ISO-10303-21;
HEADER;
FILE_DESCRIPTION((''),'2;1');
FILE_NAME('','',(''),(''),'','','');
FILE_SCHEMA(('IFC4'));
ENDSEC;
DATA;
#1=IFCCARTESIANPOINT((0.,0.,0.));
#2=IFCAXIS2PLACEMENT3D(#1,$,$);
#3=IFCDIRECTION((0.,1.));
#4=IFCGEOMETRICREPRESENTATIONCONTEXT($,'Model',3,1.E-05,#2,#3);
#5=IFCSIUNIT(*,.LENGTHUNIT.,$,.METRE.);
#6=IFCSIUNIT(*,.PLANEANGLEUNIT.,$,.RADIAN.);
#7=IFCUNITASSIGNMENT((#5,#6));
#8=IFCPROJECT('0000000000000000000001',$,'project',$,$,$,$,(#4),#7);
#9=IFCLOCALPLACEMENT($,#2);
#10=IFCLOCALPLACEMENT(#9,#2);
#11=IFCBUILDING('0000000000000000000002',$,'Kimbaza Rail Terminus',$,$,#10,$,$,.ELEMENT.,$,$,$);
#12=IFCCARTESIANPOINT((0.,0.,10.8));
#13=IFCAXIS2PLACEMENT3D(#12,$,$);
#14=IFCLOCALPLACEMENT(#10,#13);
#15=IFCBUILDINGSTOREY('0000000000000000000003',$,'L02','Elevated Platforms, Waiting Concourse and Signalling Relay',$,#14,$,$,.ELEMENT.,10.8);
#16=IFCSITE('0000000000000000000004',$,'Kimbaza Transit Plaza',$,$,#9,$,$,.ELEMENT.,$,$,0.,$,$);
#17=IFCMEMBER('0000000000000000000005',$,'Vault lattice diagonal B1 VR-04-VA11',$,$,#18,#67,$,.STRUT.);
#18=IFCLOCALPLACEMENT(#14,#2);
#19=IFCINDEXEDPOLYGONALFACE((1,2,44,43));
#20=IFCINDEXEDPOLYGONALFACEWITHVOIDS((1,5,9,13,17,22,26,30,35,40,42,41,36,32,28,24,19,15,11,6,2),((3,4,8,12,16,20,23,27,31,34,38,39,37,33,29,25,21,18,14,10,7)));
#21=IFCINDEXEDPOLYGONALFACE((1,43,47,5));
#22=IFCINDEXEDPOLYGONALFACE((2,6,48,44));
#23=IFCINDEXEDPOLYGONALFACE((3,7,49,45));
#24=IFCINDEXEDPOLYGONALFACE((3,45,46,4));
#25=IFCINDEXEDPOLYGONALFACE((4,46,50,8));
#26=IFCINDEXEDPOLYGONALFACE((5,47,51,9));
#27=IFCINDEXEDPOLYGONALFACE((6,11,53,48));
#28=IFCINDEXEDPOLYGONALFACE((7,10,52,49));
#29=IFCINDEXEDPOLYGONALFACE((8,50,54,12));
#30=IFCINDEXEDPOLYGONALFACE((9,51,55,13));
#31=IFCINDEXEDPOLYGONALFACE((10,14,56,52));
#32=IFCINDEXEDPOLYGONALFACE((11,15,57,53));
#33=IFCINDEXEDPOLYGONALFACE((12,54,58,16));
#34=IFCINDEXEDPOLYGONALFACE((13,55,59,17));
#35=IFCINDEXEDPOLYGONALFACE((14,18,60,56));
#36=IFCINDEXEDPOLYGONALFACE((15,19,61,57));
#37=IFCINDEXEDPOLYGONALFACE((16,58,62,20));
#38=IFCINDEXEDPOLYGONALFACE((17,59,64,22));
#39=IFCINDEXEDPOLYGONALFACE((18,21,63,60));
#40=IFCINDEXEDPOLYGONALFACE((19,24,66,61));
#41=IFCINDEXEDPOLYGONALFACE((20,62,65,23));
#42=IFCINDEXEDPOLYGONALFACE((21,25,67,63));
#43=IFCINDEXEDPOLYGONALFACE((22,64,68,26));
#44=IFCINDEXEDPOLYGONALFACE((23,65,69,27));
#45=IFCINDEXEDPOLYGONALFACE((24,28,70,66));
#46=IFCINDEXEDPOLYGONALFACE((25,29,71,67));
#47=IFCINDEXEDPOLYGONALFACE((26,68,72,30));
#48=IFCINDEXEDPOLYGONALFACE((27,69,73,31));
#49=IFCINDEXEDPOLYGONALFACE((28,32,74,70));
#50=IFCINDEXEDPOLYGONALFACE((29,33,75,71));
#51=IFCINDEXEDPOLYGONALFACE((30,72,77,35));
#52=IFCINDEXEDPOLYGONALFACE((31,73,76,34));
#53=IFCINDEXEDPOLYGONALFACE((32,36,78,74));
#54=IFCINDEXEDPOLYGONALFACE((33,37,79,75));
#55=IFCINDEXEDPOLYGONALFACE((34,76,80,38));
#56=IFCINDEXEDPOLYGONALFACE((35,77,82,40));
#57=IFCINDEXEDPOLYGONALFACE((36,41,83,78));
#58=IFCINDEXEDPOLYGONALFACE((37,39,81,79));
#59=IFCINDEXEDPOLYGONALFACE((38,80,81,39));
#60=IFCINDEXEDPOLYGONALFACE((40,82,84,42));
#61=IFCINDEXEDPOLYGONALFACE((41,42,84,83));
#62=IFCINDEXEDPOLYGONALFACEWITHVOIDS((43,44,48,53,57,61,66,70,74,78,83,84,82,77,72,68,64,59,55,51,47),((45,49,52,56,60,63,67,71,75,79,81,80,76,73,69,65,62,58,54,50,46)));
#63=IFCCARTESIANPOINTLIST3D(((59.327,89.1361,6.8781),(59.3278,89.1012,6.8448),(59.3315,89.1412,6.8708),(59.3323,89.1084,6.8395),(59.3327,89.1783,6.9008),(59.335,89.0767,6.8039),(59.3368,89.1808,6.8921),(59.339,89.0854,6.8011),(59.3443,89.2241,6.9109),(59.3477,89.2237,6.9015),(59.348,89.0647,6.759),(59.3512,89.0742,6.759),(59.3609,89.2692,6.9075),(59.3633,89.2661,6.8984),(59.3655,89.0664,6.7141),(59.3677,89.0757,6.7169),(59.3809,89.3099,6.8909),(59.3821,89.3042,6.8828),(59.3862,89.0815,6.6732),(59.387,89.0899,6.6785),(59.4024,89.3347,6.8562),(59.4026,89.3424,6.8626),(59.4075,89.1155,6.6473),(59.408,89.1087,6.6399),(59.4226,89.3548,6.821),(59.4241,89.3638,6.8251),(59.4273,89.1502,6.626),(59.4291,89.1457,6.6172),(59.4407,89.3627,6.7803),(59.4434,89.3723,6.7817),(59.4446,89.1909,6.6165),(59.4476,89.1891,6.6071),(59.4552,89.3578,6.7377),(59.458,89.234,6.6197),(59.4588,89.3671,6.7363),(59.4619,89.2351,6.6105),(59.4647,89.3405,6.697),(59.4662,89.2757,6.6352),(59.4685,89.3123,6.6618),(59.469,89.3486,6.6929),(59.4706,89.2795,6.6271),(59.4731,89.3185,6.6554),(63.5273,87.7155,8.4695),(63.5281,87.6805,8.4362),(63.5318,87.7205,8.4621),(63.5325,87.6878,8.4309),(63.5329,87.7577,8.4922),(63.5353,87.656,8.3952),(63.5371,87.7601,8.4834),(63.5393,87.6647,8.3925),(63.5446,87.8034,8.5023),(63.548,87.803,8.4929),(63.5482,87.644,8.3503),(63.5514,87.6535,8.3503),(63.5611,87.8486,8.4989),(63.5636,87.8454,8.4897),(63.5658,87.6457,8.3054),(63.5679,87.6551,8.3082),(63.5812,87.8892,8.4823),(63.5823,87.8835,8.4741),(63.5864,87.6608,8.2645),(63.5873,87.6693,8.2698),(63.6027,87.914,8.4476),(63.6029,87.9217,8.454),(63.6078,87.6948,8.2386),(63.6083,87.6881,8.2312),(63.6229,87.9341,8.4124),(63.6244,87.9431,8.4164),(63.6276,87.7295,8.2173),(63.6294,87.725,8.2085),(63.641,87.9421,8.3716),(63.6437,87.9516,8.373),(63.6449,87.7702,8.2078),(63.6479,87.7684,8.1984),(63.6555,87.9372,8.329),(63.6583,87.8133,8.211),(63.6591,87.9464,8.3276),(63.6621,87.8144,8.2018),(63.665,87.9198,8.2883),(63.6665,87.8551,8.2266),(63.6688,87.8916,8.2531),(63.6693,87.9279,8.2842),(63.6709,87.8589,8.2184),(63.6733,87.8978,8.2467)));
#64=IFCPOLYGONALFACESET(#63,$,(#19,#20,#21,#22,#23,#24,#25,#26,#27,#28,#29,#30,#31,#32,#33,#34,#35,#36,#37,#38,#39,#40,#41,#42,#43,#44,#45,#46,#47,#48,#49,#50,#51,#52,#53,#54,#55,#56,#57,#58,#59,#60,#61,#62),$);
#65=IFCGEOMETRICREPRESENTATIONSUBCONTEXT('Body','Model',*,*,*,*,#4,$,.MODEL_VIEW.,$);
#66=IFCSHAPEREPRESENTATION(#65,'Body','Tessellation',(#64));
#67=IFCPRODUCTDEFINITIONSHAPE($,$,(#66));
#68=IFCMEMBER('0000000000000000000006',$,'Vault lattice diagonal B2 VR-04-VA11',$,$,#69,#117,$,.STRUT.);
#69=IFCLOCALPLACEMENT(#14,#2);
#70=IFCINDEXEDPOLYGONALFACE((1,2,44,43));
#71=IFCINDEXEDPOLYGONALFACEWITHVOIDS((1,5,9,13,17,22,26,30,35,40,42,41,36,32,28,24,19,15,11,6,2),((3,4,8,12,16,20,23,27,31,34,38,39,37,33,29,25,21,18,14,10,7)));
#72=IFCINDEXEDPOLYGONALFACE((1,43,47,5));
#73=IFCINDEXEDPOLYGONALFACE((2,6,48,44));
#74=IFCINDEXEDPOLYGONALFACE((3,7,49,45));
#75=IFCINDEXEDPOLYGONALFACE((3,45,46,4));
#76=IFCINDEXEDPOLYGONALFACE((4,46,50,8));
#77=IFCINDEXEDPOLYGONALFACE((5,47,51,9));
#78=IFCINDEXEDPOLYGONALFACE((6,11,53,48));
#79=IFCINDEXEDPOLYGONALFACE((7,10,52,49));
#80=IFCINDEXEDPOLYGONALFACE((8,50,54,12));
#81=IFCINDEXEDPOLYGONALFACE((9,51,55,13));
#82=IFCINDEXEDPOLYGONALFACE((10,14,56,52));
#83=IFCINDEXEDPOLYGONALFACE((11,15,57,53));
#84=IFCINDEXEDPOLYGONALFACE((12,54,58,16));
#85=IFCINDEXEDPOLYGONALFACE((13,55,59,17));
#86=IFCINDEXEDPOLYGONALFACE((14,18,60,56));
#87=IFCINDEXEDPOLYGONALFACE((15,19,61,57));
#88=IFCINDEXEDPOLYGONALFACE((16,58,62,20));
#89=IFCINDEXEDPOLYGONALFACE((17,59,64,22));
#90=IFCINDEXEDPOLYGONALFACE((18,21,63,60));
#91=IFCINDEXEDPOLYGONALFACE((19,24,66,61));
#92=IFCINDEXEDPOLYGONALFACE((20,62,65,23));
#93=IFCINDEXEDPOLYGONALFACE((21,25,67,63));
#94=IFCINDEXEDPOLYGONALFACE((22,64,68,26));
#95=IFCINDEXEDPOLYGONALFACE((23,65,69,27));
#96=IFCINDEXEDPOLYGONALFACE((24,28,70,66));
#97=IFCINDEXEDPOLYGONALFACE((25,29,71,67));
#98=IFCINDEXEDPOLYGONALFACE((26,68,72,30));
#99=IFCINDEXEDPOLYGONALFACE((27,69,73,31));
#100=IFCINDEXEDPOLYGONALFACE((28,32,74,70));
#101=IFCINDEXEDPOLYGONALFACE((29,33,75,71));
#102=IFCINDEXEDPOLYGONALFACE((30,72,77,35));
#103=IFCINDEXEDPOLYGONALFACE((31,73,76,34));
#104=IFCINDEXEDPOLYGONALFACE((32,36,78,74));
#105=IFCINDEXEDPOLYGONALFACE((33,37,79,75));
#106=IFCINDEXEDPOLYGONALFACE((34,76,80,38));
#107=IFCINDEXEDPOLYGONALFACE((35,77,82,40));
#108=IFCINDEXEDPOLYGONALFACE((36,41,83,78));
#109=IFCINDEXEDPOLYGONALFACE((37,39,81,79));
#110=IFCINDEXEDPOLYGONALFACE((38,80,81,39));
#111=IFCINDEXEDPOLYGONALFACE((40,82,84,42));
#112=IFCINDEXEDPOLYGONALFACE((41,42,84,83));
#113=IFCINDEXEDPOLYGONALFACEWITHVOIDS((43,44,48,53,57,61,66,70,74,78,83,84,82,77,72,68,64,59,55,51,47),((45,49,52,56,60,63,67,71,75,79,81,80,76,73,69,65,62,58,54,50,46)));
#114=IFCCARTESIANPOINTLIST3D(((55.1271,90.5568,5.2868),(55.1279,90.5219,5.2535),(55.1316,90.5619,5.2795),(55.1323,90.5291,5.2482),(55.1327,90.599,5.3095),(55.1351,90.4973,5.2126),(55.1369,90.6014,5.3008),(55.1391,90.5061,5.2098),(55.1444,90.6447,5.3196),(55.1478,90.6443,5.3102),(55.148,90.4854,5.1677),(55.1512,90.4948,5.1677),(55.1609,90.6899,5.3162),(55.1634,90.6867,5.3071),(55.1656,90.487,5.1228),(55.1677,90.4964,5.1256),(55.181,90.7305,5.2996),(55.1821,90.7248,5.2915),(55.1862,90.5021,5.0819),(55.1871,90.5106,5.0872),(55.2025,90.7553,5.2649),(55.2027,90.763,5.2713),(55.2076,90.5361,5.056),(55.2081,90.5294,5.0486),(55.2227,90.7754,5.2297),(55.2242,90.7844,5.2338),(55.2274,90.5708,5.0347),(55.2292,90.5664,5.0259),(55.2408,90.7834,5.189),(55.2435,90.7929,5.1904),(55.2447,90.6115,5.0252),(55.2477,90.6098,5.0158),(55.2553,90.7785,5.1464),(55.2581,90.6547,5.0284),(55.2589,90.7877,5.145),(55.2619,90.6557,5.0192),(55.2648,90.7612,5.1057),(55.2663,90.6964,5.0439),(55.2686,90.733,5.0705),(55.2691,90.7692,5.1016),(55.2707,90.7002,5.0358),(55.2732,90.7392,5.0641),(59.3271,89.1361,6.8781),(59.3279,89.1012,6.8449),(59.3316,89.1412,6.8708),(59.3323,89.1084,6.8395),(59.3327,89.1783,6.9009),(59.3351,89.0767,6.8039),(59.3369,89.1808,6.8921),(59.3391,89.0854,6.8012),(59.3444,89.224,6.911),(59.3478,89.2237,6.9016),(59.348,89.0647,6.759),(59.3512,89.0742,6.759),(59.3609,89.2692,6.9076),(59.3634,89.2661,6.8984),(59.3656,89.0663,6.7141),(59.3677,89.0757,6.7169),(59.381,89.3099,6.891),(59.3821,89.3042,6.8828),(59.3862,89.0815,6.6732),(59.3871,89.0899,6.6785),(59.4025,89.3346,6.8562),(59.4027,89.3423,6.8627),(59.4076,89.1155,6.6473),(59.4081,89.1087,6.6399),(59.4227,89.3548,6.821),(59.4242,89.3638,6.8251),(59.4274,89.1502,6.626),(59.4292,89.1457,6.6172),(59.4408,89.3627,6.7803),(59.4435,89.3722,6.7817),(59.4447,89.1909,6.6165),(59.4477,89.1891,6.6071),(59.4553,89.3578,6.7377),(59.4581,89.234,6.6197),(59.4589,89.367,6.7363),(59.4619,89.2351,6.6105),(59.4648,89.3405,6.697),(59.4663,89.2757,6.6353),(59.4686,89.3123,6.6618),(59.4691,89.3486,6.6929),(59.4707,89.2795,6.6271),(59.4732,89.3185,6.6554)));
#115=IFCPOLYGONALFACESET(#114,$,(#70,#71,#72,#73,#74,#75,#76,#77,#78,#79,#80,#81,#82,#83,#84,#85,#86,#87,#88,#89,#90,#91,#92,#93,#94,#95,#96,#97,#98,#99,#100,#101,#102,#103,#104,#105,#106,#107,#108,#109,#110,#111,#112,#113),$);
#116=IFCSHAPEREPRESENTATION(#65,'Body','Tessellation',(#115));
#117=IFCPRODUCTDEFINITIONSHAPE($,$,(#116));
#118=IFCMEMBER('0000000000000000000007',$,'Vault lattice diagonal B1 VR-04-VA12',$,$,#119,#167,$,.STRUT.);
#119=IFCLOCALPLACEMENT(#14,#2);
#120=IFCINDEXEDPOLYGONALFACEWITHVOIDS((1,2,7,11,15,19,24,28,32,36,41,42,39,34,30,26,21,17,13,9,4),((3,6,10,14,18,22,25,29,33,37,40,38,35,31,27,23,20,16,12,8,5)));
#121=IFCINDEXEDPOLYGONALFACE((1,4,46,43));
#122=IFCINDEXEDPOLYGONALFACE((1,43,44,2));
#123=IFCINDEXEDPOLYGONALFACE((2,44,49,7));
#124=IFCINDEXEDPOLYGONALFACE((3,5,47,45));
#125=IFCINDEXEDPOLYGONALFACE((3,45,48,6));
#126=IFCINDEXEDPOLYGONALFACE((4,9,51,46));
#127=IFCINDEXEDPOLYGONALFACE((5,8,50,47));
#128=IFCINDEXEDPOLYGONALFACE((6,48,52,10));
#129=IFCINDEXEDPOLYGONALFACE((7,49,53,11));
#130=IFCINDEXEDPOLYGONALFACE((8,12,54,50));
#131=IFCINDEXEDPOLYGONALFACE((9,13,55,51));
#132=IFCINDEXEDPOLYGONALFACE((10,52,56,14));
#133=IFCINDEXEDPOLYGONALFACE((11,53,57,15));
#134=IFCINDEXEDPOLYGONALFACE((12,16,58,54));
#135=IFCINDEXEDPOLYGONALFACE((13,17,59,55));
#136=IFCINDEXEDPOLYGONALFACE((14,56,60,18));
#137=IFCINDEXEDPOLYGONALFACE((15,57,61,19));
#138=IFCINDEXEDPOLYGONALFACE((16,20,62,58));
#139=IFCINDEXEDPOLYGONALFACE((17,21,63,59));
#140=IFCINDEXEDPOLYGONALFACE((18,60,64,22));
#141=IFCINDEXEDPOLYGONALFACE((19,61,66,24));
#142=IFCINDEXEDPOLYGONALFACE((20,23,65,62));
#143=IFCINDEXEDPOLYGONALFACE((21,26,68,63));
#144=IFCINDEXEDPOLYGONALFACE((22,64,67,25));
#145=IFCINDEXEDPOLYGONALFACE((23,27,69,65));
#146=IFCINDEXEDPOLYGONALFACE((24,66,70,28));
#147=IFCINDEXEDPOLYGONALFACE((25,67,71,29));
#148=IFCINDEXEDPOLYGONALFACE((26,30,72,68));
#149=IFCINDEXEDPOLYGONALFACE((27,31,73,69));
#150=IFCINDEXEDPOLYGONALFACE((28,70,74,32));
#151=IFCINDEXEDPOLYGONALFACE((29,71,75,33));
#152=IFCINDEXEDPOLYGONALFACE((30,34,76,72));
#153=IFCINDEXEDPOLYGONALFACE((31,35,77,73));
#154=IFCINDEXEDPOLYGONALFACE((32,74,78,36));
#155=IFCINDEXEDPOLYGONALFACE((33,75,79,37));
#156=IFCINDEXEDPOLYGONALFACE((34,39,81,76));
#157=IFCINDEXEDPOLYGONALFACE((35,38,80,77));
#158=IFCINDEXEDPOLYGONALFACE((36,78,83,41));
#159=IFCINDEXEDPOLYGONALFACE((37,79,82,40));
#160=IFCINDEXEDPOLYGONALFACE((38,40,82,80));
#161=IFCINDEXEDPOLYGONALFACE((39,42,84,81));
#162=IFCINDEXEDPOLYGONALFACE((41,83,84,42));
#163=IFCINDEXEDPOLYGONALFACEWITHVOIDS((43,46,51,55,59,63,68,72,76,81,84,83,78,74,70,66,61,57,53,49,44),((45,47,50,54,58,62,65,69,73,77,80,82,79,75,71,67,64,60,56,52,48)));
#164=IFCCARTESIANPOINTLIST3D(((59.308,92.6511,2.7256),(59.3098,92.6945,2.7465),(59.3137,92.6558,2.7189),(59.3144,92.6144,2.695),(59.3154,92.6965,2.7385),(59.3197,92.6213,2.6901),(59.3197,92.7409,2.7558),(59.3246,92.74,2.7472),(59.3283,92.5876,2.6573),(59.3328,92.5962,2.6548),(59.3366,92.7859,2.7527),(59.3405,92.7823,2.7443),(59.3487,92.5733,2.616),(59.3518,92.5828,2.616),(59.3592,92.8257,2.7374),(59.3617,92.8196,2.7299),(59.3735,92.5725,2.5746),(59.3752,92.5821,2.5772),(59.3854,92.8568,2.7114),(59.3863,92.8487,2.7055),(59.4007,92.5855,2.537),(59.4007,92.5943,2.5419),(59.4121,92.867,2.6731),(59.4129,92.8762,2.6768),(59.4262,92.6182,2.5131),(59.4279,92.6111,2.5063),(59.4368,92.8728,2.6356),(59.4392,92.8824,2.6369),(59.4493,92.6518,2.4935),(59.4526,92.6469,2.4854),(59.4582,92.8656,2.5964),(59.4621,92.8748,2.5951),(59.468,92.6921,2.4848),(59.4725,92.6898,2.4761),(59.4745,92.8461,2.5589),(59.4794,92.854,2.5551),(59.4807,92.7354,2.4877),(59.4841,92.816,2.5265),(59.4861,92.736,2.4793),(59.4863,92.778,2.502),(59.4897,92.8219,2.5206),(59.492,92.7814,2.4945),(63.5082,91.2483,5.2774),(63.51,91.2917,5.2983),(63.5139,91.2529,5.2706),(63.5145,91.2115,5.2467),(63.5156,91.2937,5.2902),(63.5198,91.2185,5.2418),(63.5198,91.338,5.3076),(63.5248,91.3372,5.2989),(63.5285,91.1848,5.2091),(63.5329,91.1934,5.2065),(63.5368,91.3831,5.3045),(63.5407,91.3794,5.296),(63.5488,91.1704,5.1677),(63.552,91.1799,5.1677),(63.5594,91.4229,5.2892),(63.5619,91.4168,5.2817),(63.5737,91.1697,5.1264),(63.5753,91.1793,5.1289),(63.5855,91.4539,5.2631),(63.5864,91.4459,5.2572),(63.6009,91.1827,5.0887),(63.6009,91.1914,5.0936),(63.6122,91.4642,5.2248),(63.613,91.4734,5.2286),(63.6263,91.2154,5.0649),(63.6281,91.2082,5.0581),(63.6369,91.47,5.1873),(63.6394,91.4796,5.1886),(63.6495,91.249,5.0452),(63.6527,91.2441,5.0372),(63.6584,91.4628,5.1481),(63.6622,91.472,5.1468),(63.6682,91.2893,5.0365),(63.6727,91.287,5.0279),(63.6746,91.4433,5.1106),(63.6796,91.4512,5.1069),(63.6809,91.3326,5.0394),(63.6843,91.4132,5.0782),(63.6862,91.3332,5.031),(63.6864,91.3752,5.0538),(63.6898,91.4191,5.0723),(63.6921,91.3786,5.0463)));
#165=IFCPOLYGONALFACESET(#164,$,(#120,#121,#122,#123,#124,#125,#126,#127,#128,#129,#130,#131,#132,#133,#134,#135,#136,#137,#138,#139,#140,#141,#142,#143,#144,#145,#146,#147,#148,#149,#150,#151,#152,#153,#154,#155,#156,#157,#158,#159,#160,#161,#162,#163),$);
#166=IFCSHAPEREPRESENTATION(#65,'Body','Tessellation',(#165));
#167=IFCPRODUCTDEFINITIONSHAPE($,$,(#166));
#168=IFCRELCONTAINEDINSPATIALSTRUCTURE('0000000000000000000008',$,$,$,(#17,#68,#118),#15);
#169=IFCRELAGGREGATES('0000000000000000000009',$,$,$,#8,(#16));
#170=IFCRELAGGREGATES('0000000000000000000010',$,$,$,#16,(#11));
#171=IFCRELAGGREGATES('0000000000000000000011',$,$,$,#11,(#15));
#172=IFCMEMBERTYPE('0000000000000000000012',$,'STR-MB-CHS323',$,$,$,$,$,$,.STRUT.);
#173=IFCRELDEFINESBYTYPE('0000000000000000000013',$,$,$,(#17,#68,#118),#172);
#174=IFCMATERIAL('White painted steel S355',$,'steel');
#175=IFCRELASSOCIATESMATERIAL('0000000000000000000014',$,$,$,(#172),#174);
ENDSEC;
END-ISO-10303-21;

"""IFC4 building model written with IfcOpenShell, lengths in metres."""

from ifc_helpers import new_model, si_unit, direction, frame, origin, origin_2d, place, context, subcontext, project, spatial, hollow_circle, extrude, material, material_profile, profile_set, type_object, element, save


model = new_model("IFC4")

# Units and contexts
model_context = context("Model", 3, precision=1e-05, world=origin(), true_north=direction((0.0, 1.0)))
body_context = subcontext(model_context, "Body", "Model", "MODEL_VIEW")
ifc_project = project(units=[si_unit("LENGTHUNIT", "METRE"), si_unit("PLANEANGLEUNIT", "RADIAN")], contexts=[model_context])

# Site, building, storey
site_placement = place(None, origin())
site = spatial("IfcSite", under=ifc_project, at=site_placement, Name="Kimbaza Transit Plaza", CompositionType="ELEMENT", RefElevation=0.0)
building_placement = place(site_placement, origin())
building = spatial("IfcBuilding", under=site, at=building_placement, Name="Kimbaza Rail Terminus", CompositionType="ELEMENT")
storey_placement = place(building_placement, frame((0.0, 0.0, 10.8)))
storey = spatial("IfcBuildingStorey", under=building, at=storey_placement, Name="L02", Description="Elevated Platforms, Waiting Concourse and Signalling Relay", CompositionType="ELEMENT", Elevation=10.8)

# Members
ifc_material_1 = material(Name="White painted steel S355", Category="steel")
ifc_material_profile_1 = material_profile(ifc_material_1, hollow_circle(Radius=0.1619, WallThickness=0.01, at=origin_2d()), Name="CHS 323.9x10")
ifc_profile_set_1 = profile_set([ifc_material_profile_1], Name="White painted steel S355")
member_type_1 = type_object("IfcMemberType", Name="STR-MB-CHS323", PredefinedType="STRUT", material=ifc_profile_set_1)
member_1_placement = place(storey_placement, frame((63.6001, 87.7974, 8.3503), z_axis=(-0.891599, 0.30157, -0.337796), x_axis=(-0.320404, -0.947281, 0.0)))
element("IfcMember", 1, at=member_1_placement, inside=storey, type_object=member_type_1, Name="Vault lattice diagonal B1 VR-04-VA11", PredefinedType="STRUT", context=body_context, shape_type="SweptSolid", body=[
    extrude(hollow_circle(Radius=0.1619, WallThickness=0.01, at=origin_2d()), origin(), (0.0, 0.0, 1.0), 4.7109),
])
member_2_placement = place(storey_placement, frame((59.3999, 89.218, 6.759), z_axis=(-0.891589, 0.301584, -0.337812), x_axis=(-0.320421, -0.947275, 0.0)))
element("IfcMember", 2, at=member_2_placement, inside=storey, type_object=member_type_1, Name="Vault lattice diagonal B2 VR-04-VA11", PredefinedType="STRUT", context=body_context, shape_type="SweptSolid", body=[
    extrude(hollow_circle(Radius=0.1619, WallThickness=0.01, at=origin_2d()), origin(), (0.0, 0.0, 1.0), 4.7107),
])
for number, where, z_axis, x_axis, name in (
    (3, (63.6001, 91.324, 5.1677), (-0.821815, 0.27448, -0.49928), (-0.31679, -0.948496, 0.0), "Vault lattice diagonal B1 VR-04-VA12"),
):
    element("IfcMember", number, at=place(storey_placement, frame(where, z_axis=z_axis, x_axis=x_axis)), inside=storey, type_object=member_type_1, Name=name, PredefinedType="STRUT", context=body_context, shape_type="SweptSolid", body=[
        extrude(hollow_circle(Radius=0.1619, WallThickness=0.01, at=origin_2d()), origin(), (0.0, 0.0, 1.0), 5.1108),
    ])

save(model, "model.ifc")
